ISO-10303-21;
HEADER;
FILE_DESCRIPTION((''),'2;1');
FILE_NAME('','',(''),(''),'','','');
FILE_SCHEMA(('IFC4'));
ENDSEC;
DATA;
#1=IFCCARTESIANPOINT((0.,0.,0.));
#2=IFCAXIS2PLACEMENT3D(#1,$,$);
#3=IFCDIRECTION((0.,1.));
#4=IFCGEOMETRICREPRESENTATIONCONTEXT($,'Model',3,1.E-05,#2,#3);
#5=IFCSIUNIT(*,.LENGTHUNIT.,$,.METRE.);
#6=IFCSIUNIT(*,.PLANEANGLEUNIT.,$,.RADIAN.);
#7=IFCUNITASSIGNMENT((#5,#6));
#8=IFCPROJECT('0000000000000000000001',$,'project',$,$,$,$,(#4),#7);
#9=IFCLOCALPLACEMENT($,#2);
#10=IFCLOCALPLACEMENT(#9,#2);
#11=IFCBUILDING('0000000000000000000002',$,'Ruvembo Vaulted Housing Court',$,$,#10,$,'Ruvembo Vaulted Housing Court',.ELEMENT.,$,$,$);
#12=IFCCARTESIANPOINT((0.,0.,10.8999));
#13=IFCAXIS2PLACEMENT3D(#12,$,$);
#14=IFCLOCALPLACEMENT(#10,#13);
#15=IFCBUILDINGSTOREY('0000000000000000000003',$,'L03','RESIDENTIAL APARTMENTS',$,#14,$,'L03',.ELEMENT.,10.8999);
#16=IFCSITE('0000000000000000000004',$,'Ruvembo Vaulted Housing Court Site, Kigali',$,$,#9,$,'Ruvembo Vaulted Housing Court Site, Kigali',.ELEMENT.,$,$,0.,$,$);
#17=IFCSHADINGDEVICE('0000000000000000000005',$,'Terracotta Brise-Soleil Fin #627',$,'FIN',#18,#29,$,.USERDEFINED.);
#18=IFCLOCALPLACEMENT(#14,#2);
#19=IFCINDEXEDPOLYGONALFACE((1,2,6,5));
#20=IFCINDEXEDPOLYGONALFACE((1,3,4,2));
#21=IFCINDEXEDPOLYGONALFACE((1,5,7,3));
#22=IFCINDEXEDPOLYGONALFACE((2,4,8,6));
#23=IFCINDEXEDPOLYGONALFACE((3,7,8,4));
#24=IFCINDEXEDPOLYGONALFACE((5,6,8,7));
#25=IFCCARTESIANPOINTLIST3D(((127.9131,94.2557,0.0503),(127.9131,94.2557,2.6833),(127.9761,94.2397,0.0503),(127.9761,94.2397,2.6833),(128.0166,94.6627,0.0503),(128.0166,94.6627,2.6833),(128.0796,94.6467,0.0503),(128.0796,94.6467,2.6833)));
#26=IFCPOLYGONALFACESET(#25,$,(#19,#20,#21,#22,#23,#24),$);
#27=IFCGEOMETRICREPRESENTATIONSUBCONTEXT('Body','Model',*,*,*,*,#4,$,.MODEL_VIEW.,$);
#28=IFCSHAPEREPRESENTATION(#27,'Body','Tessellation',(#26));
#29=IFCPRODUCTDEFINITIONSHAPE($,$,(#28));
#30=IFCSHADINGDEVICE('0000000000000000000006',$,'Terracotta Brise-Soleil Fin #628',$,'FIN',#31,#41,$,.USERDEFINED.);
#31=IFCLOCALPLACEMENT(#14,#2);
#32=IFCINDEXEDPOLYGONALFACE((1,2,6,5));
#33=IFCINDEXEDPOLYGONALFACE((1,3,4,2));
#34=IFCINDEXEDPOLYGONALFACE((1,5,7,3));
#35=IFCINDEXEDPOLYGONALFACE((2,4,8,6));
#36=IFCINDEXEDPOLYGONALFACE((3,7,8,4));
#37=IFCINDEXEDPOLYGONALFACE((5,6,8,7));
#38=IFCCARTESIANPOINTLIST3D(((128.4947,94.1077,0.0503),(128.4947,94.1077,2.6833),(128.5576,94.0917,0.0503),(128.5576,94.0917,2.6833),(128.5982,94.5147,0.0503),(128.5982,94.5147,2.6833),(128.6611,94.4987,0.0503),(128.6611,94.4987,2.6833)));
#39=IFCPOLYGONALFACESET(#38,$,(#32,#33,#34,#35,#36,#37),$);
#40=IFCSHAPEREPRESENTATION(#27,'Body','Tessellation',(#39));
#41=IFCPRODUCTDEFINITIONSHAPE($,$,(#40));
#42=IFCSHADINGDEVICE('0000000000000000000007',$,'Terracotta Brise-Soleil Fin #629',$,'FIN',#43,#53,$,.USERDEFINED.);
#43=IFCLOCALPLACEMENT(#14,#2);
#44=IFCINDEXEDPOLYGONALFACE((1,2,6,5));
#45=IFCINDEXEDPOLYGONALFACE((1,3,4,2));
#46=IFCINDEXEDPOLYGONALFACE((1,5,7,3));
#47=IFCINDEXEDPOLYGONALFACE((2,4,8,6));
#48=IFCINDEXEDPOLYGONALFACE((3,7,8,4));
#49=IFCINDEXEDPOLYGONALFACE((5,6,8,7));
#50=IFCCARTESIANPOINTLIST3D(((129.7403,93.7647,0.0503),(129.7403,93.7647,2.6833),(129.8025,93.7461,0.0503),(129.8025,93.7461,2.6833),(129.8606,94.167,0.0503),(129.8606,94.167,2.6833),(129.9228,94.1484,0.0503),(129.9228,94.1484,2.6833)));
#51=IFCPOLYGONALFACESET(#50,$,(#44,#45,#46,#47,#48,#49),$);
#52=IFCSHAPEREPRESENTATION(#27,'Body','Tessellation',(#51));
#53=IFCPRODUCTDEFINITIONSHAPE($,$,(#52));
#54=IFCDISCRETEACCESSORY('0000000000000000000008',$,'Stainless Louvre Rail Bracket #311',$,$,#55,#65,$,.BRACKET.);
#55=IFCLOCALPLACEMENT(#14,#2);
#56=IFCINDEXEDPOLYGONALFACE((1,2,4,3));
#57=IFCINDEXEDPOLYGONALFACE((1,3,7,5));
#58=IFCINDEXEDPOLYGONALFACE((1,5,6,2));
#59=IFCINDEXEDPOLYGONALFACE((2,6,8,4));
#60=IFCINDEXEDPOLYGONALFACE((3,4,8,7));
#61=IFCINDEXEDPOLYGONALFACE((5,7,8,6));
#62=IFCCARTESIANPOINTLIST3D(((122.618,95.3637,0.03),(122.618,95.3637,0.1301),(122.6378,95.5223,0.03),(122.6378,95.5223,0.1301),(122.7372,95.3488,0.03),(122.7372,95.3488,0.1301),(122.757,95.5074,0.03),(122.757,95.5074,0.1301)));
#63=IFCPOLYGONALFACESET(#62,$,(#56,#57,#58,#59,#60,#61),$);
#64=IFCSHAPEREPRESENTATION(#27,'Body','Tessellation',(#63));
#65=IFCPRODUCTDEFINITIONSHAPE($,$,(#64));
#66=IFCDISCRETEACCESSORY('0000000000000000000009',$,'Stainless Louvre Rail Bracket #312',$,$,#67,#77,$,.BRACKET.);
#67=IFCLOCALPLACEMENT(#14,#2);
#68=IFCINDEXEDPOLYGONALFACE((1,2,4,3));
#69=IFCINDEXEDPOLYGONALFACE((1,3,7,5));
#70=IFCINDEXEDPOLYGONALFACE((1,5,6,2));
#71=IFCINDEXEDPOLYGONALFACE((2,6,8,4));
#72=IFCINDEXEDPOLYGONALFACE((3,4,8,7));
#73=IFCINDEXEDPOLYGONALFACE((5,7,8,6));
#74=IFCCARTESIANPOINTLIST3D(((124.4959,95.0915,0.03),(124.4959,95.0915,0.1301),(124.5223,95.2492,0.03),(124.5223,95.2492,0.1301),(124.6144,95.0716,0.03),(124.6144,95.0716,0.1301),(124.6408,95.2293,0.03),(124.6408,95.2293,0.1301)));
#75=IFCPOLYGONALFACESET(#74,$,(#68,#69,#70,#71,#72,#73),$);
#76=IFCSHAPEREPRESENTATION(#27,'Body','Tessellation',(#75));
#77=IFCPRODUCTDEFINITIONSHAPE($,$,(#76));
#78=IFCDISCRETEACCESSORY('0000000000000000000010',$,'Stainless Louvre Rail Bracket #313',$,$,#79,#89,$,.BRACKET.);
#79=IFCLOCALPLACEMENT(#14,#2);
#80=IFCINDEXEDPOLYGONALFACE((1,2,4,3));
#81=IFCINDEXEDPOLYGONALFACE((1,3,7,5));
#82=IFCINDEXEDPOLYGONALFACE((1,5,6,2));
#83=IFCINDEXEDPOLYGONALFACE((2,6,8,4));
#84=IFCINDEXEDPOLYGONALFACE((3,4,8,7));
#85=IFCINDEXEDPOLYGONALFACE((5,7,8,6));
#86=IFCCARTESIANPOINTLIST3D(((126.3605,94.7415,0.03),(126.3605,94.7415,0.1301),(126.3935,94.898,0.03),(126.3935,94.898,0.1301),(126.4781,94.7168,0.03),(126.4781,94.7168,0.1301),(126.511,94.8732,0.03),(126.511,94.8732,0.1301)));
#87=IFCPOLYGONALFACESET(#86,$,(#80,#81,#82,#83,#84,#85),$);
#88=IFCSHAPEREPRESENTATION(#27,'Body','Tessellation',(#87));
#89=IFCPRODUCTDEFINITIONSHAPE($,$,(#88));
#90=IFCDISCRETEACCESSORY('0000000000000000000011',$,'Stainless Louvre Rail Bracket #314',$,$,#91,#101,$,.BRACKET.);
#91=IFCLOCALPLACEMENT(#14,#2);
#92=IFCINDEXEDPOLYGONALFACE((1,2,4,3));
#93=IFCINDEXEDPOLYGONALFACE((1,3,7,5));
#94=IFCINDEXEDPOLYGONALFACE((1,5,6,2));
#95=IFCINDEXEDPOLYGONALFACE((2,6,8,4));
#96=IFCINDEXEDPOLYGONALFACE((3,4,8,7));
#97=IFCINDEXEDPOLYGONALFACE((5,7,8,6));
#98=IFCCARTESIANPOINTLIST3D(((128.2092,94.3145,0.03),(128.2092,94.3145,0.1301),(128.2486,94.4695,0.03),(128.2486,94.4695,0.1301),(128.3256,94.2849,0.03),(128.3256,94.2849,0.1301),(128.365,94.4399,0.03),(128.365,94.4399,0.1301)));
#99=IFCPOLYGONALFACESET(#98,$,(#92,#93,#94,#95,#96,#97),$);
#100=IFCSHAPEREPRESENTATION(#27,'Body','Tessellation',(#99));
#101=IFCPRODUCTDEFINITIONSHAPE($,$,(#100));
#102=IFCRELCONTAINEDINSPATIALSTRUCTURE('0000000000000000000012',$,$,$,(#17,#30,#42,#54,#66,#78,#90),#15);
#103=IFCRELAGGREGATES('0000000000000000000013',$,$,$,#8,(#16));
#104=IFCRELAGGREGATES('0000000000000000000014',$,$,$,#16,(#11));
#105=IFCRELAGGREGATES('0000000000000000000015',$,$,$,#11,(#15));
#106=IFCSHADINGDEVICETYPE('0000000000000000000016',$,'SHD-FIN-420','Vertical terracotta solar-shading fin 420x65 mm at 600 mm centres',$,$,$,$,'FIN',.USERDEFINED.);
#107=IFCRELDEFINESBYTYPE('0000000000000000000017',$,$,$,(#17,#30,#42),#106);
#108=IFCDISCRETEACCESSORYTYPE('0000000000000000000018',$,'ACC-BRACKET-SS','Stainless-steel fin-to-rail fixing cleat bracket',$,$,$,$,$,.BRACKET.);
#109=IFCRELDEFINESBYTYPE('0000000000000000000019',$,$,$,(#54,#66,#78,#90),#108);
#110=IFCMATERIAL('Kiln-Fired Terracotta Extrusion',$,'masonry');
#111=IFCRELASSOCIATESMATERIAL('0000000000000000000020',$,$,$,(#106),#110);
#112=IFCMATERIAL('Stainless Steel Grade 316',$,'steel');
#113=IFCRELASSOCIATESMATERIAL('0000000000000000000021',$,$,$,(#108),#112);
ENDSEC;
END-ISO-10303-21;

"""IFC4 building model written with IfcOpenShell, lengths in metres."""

from ifc_helpers import new_model, si_unit, direction, frame, origin, origin_2d, place, context, subcontext, project, spatial, rectangle, extrude, material, type_object, element, save


model = new_model("IFC4")

# Units and contexts
model_context = context("Model", 3, precision=1e-05, world=origin(), true_north=direction((0.0, 1.0)))
body_context = subcontext(model_context, "Body", "Model", "MODEL_VIEW")
ifc_project = project(units=[si_unit("LENGTHUNIT", "METRE"), si_unit("PLANEANGLEUNIT", "RADIAN")], contexts=[model_context])

# Site, building, storey
site_placement = place(None, origin())
site = spatial("IfcSite", under=ifc_project, at=site_placement, Name="Ruvembo Vaulted Housing Court Site, Kigali", LongName="Ruvembo Vaulted Housing Court Site, Kigali", CompositionType="ELEMENT", RefElevation=0.0)
building_placement = place(site_placement, origin())
building = spatial("IfcBuilding", under=site, at=building_placement, Name="Ruvembo Vaulted Housing Court", LongName="Ruvembo Vaulted Housing Court", CompositionType="ELEMENT")
storey_placement = place(building_placement, frame((0.0, 0.0, 10.8999)))
storey = spatial("IfcBuildingStorey", under=building, at=storey_placement, Name="L03", Description="RESIDENTIAL APARTMENTS", LongName="L03", CompositionType="ELEMENT", Elevation=10.8999)

# Shading devices
ifc_material_1 = material(Name="Kiln-Fired Terracotta Extrusion", Category="masonry")
shading_device_type = type_object("IfcShadingDeviceType", Name="SHD-FIN-420", Description="Vertical terracotta solar-shading fin 420x65 mm at 600 mm centres", ElementType="FIN", PredefinedType="USERDEFINED", material=ifc_material_1)
for number, where, z_axis, x_axis, name in (
    (1, (127.9963, 94.4512, 0.0503), (0.0, 0.0, 1.0), (-0.246492, -0.969145, 0.0), "Terracotta Brise-Soleil Fin #627"),
    (2, (128.5779, 94.3032, 0.0503), (0.0, 0.0, 1.0), (-0.246492, -0.969145, 0.0), "Terracotta Brise-Soleil Fin #628"),
    (3, (129.8315, 93.9565, 0.0503), (0.0, 0.0, 1.0), (-0.286491, -0.958083, 0.0), "Terracotta Brise-Soleil Fin #629"),
):
    element("IfcShadingDevice", number, at=place(storey_placement, frame(where, z_axis=z_axis, x_axis=x_axis)), inside=storey, type_object=shading_device_type, Name=name, ObjectType="FIN", PredefinedType="USERDEFINED", context=body_context, shape_type="SweptSolid", body=[
        extrude(rectangle(XDim=0.4199, YDim=0.0649, at=origin_2d()), origin(), (0.0, 0.0, 1.0), 2.6331),
    ])

# Discrete accessories
ifc_material_2 = material(Name="Stainless Steel Grade 316", Category="steel")
discrete_accessory_type = type_object("IfcDiscreteAccessoryType", Name="ACC-BRACKET-SS", Description="Stainless-steel fin-to-rail fixing cleat bracket", PredefinedType="BRACKET", material=ifc_material_2)
for number, where, z_axis, x_axis, name in (
    (4, (122.6875, 95.4355, 0.03), (0.0, 0.0, 1.0), (-0.12419, -0.992258, 0.0), "Stainless Louvre Rail Bracket #311"),
    (5, (124.5684, 95.1604, 0.03), (0.0, 0.0, 1.0), (-0.165271, -0.986248, 0.0), "Stainless Louvre Rail Bracket #312"),
    (6, (126.4358, 94.8074, 0.03), (0.0, 0.0, 1.0), (-0.206102, -0.978531, 0.0), "Stainless Louvre Rail Bracket #313"),
    (7, (128.2871, 94.3772, 0.03), (0.0, 0.0, 1.0), (-0.246492, -0.969145, 0.0), "Stainless Louvre Rail Bracket #314"),
):
    element("IfcDiscreteAccessory", number, at=place(storey_placement, frame(where, z_axis=z_axis, x_axis=x_axis)), inside=storey, type_object=discrete_accessory_type, Name=name, PredefinedType="BRACKET", context=body_context, shape_type="SweptSolid", body=[
        extrude(rectangle(XDim=0.1599, YDim=0.1201, at=origin_2d()), origin(), (0.0, 0.0, 1.0), 0.1001),
    ])

save(model, "model.ifc")
